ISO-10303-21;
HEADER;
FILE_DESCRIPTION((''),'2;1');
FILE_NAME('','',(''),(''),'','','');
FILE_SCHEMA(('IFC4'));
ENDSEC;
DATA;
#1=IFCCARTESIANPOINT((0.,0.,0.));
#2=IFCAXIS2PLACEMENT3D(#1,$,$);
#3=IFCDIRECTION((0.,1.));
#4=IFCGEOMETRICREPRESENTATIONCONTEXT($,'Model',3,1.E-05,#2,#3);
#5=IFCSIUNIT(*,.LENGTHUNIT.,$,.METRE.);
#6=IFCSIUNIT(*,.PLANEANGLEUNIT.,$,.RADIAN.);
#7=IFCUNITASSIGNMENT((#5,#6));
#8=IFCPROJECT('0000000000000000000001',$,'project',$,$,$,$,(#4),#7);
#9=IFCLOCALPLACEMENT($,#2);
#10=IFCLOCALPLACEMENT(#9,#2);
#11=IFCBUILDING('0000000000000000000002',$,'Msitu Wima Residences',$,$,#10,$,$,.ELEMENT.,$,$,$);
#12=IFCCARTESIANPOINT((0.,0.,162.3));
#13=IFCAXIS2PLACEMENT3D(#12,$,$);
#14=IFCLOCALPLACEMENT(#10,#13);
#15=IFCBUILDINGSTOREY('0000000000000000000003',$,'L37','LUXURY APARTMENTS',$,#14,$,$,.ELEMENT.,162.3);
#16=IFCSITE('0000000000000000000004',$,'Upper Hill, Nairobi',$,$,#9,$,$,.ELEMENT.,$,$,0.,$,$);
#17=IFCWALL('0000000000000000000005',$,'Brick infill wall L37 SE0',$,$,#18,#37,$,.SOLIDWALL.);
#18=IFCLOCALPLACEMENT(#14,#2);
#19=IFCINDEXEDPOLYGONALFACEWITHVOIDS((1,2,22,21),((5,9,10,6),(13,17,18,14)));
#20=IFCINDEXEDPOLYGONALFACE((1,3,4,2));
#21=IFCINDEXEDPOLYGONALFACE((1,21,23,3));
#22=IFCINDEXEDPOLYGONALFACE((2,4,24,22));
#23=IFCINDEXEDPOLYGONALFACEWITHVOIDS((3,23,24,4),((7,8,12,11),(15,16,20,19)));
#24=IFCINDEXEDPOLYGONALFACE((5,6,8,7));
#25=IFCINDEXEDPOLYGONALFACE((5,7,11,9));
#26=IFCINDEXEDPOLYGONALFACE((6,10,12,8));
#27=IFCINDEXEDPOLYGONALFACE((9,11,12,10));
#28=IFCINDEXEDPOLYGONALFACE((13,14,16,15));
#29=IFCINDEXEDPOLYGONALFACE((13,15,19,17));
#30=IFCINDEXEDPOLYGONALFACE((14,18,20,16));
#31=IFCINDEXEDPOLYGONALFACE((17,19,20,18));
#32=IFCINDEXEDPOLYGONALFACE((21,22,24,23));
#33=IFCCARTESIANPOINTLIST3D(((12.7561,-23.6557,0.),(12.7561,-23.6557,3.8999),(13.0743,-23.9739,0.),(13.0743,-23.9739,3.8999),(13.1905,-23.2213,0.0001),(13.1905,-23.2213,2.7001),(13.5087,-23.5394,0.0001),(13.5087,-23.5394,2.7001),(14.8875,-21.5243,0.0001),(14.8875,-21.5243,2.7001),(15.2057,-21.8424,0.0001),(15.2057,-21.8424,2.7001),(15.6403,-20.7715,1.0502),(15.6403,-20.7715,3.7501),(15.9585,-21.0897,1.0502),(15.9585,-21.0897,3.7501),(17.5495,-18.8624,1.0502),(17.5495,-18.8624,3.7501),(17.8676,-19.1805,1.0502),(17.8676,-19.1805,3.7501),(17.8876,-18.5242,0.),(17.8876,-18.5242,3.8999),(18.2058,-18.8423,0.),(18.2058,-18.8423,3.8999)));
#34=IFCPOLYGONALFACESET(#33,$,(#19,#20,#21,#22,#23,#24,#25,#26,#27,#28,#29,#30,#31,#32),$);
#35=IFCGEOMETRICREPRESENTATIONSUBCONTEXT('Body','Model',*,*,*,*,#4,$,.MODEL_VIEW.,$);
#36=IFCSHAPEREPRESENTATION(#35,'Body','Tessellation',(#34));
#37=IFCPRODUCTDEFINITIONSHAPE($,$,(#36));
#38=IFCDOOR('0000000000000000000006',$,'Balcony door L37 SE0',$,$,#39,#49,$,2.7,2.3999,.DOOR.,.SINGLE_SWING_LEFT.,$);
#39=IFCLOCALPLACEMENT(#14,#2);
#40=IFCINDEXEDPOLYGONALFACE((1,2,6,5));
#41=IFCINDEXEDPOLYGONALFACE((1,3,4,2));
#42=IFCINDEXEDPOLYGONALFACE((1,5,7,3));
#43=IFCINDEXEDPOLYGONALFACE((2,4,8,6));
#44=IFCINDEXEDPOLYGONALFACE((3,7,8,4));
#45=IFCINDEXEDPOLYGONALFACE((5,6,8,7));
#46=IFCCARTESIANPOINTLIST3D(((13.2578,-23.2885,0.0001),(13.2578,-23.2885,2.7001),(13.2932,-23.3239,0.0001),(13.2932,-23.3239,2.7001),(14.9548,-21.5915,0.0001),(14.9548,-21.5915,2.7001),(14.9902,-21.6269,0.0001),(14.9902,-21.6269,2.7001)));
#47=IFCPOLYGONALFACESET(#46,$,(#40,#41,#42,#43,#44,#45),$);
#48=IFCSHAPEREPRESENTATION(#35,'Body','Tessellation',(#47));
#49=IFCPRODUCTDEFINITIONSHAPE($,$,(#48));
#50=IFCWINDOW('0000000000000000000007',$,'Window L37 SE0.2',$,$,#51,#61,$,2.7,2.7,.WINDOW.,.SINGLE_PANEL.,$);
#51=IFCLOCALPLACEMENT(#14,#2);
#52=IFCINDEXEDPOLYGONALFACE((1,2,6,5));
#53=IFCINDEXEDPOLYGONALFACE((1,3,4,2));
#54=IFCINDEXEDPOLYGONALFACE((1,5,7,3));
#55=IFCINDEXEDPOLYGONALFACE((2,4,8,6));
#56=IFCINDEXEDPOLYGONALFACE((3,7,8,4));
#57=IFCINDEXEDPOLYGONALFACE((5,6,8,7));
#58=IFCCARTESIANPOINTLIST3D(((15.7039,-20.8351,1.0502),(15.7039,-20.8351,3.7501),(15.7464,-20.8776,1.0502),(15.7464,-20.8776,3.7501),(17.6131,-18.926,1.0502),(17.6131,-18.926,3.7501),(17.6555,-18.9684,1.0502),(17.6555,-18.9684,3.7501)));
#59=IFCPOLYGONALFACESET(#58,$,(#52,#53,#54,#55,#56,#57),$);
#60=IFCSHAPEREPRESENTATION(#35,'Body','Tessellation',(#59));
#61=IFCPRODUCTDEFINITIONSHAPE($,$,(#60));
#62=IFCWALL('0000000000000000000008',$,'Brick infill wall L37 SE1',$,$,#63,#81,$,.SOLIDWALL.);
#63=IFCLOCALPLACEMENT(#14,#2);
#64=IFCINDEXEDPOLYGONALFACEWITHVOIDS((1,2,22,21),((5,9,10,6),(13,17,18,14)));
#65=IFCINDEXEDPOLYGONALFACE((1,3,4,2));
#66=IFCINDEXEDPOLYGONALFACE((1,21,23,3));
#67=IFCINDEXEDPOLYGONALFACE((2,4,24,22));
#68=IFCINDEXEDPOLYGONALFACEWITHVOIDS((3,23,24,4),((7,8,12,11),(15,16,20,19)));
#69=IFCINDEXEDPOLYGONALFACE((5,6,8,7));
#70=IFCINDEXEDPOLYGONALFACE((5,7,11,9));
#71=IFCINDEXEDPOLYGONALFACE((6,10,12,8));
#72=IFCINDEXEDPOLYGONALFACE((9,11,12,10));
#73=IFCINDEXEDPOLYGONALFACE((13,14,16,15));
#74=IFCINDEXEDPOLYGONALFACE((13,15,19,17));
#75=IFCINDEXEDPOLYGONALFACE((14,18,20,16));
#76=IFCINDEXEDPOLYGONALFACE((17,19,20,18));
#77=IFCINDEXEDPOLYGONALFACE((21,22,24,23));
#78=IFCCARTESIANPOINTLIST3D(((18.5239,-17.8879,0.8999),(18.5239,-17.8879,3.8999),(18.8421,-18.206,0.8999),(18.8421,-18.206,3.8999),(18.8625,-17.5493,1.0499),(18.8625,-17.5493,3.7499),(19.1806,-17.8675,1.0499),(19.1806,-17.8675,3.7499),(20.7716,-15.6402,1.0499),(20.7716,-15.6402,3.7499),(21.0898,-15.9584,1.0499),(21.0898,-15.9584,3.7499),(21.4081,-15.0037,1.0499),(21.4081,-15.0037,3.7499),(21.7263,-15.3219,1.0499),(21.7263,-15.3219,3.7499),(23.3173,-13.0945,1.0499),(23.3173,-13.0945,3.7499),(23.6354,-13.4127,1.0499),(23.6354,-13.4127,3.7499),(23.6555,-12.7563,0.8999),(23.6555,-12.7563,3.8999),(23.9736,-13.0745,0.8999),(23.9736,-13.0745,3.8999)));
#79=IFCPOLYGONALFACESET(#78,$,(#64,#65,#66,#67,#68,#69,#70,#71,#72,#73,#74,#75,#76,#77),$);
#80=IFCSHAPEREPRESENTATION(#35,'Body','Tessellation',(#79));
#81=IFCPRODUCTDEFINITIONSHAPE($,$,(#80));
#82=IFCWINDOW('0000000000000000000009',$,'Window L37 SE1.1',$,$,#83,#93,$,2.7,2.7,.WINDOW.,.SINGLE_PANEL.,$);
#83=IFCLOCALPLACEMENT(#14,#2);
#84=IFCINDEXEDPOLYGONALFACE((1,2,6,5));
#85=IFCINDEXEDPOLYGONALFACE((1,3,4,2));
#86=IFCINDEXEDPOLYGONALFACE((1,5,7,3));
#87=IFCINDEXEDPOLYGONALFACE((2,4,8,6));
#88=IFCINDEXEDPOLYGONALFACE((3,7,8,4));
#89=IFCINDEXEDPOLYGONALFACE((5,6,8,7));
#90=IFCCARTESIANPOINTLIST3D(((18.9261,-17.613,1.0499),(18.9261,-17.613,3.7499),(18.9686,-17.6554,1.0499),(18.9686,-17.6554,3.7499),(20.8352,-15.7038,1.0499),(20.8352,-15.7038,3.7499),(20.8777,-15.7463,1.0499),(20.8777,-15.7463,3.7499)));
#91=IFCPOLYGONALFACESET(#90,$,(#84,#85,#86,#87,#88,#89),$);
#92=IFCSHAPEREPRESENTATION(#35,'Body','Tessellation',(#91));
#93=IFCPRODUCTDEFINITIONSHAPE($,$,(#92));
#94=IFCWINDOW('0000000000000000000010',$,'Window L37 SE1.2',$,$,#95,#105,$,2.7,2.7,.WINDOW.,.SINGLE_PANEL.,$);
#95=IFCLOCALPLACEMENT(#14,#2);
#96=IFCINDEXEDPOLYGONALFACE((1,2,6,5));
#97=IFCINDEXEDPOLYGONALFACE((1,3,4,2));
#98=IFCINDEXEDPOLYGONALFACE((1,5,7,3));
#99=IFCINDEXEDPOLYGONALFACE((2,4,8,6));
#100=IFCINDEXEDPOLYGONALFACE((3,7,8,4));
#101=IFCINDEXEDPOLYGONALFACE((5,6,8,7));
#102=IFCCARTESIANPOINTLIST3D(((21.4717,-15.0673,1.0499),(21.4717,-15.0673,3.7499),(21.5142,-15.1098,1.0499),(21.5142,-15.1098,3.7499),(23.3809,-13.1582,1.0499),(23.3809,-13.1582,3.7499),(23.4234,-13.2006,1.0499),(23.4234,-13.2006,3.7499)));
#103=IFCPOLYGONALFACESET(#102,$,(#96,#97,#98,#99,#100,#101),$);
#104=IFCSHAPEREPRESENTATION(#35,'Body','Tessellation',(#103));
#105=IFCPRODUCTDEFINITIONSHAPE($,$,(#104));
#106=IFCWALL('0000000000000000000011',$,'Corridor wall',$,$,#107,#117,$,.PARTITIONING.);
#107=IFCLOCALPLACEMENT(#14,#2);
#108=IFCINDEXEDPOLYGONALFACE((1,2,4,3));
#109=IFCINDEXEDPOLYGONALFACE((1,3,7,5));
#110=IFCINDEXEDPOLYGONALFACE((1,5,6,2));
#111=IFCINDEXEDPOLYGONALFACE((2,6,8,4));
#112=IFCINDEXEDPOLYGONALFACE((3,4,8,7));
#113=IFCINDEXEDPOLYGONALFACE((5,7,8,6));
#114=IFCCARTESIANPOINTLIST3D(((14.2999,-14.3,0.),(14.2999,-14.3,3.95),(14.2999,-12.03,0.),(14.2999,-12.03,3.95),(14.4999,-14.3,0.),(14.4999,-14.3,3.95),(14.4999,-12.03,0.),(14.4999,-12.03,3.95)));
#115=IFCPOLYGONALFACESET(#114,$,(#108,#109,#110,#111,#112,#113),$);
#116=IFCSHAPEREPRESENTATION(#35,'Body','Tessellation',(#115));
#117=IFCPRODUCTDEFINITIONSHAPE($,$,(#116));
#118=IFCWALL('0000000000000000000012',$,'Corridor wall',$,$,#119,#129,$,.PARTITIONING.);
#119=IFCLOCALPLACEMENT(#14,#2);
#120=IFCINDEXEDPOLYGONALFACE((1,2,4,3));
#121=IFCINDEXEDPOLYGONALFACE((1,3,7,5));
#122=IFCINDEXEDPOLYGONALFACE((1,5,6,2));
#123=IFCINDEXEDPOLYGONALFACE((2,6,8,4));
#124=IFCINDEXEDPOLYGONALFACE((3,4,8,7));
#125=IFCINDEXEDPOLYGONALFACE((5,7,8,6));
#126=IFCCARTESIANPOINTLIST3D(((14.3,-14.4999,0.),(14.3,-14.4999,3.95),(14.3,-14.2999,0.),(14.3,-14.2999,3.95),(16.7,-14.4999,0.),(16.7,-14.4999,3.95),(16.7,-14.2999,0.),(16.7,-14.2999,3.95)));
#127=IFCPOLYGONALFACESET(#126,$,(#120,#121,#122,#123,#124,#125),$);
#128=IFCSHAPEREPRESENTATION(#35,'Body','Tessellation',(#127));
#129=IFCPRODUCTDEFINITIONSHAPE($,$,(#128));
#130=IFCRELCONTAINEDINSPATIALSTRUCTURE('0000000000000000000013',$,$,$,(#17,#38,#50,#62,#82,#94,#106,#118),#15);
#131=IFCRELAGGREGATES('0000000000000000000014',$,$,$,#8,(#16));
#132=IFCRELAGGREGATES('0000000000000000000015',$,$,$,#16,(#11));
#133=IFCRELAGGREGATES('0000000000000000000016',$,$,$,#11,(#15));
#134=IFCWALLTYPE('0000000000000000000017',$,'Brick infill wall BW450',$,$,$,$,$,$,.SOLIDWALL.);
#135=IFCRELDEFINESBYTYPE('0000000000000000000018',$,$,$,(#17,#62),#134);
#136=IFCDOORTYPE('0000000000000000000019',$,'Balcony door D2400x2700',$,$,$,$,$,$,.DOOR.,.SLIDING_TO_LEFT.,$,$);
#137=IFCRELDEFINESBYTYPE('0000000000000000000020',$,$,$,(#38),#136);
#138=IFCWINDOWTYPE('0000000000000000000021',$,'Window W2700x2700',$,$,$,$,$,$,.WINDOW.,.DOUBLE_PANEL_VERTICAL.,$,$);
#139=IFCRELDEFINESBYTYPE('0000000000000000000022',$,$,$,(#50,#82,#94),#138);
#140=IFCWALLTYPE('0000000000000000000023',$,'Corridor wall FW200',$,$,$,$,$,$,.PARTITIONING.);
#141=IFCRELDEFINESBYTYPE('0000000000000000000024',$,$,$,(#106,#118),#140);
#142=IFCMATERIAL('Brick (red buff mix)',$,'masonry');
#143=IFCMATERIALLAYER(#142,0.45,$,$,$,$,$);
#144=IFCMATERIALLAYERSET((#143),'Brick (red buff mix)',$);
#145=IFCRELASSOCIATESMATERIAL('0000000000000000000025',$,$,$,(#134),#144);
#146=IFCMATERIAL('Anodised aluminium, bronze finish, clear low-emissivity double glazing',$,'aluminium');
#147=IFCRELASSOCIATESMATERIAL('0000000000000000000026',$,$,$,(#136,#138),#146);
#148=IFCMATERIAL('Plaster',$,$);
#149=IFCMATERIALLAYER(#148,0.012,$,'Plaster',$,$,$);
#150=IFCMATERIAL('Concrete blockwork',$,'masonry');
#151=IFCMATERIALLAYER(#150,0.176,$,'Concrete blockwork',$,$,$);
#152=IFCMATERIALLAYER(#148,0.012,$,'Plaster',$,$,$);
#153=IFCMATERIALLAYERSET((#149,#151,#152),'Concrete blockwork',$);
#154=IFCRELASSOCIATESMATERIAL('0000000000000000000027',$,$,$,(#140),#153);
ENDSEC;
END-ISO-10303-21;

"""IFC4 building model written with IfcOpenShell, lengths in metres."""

from ifc_helpers import new_model, si_unit, direction, frame, frame_2d, origin, place, context, subcontext, project, spatial, rectangle, extrude, material, layer, layer_set, type_object, element, fill, save


model = new_model("IFC4")

# Units and contexts
model_context = context("Model", 3, precision=1e-05, world=origin(), true_north=direction((0.0, 1.0)))
body_context = subcontext(model_context, "Body", "Model", "MODEL_VIEW")
ifc_project = project(units=[si_unit("LENGTHUNIT", "METRE"), si_unit("PLANEANGLEUNIT", "RADIAN")], contexts=[model_context])

# Site, building, storey
site_placement = place(None, origin())
site = spatial("IfcSite", under=ifc_project, at=site_placement, Name="Upper Hill, Nairobi", CompositionType="ELEMENT", RefElevation=0.0)
building_placement = place(site_placement, origin())
building = spatial("IfcBuilding", under=site, at=building_placement, Name="Msitu Wima Residences", CompositionType="ELEMENT")
storey_placement = place(building_placement, frame((0.0, 0.0, 162.3)))
storey = spatial("IfcBuildingStorey", under=building, at=storey_placement, Name="L37", Description="LUXURY APARTMENTS", CompositionType="ELEMENT", Elevation=162.3)

# Wall, openings, door, window
ifc_material_1 = material(Name="Brick (red buff mix)", Category="masonry")
ifc_layer_1 = layer(ifc_material_1, 0.45)
ifc_layer_set_1 = layer_set([ifc_layer_1], Name="Brick (red buff mix)")
wall_type_1 = type_object("IfcWallType", Name="Brick infill wall BW450", PredefinedType="SOLIDWALL", material=ifc_layer_set_1)
wall_1_placement = place(storey_placement, frame((12.9153, -23.8147, 0.0), z_axis=(0.0, 0.0, 1.0), x_axis=(0.707107, 0.707107, 0.0)))
wall_1 = element("IfcWall", 1, at=wall_1_placement, inside=storey, type_object=wall_type_1, Name="Brick infill wall L37 SE0", PredefinedType="SOLIDWALL", context=body_context, shape_type="SweptSolid", body=[
    extrude(rectangle(XDim=7.2571, YDim=0.45, at=frame_2d((3.6284, 0.0))), origin(), (0.0, 0.0, 1.0), 3.8999),
])
opening_1_placement = place(wall_1_placement, frame((0.6143, 0.0, 0.0)))
opening_1 = element("IfcOpeningElement", 2, at=opening_1_placement, cuts=wall_1, PredefinedType="OPENING", context=body_context, shape_type="SweptSolid", body=[
    extrude(rectangle(XDim=2.3999, YDim=2.7, at=frame_2d((1.2, 1.3501))), frame((0.0, 0.2349, 0.0), z_axis=(0.0, -1.0, 0.0), x_axis=(1.0, 0.0, 0.0)), (0.0, 0.0, 1.0), 0.47),
])
opening_2_placement = place(wall_1_placement, frame((4.0786, 0.0, 1.05)))
opening_2 = element("IfcOpeningElement", 3, at=opening_2_placement, cuts=wall_1, PredefinedType="OPENING", context=body_context, shape_type="SweptSolid", body=[
    extrude(rectangle(XDim=2.7, YDim=2.7, at=frame_2d((1.3501, 1.3501))), frame((0.0, 0.2349, 0.0), z_axis=(0.0, -1.0, 0.0), x_axis=(1.0, 0.0, 0.0)), (0.0, 0.0, 1.0), 0.47),
])
ifc_material_2 = material(Name="Anodised aluminium, bronze finish, clear low-emissivity double glazing", Category="aluminium")
door_type_1 = type_object("IfcDoorType", Name="Balcony door D2400x2700", OperationType="SLIDING_TO_LEFT", PredefinedType="DOOR", material=ifc_material_2)
door_1_placement = place(opening_1_placement, origin())
door_1 = element("IfcDoor", 4, at=door_1_placement, inside=storey, type_object=door_type_1, Name="Balcony door L37 SE0", OperationType="SINGLE_SWING_LEFT", OverallHeight=2.7, OverallWidth=2.3999, PredefinedType="DOOR", context=body_context, shape_type="SweptSolid", body=[
    extrude(rectangle(XDim=2.3999, YDim=2.7, at=frame_2d((1.2, 1.3501))), frame((0.0, 0.1299, 0.0), z_axis=(0.0, -1.0, 0.0), x_axis=(1.0, 0.0, 0.0)), (0.0, 0.0, 1.0), 0.05),
])
fill(opening_1, door_1)
window_type = type_object("IfcWindowType", Name="Window W2700x2700", PartitioningType="DOUBLE_PANEL_VERTICAL", PredefinedType="WINDOW", material=ifc_material_2)
window_1_placement = place(opening_2_placement, origin())
window_1 = element("IfcWindow", 5, at=window_1_placement, inside=storey, type_object=window_type, Name="Window L37 SE0.2", OverallHeight=2.7, OverallWidth=2.7, PartitioningType="SINGLE_PANEL", PredefinedType="WINDOW", context=body_context, shape_type="SweptSolid", body=[
    extrude(rectangle(XDim=2.7, YDim=2.7, at=frame_2d((1.3501, 1.3501))), frame((0.0, 0.135, 0.0), z_axis=(0.0, -1.0, 0.0), x_axis=(1.0, 0.0, 0.0)), (0.0, 0.0, 1.0), 0.0601),
])
fill(opening_2, window_1)

# Wall, openings, windows
wall_2_placement = place(storey_placement, frame((18.6831, -18.0469, 0.8999), z_axis=(0.0, 0.0, 1.0), x_axis=(0.707107, 0.707107, 0.0)))
wall_2 = element("IfcWall", 6, at=wall_2_placement, inside=storey, type_object=wall_type_1, Name="Brick infill wall L37 SE1", PredefinedType="SOLIDWALL", context=body_context, shape_type="SweptSolid", body=[
    extrude(rectangle(XDim=7.2571, YDim=0.45, at=frame_2d((3.6284, 0.0))), origin(), (0.0, 0.0, 1.0), 3.0),
])
opening_3_placement = place(wall_2_placement, frame((0.4785, 0.0, 0.1499)))
opening_3 = element("IfcOpeningElement", 7, at=opening_3_placement, cuts=wall_2, PredefinedType="OPENING", context=body_context, shape_type="SweptSolid", body=[
    extrude(rectangle(XDim=2.7, YDim=2.7, at=frame_2d((1.3501, 1.3501))), frame((0.0, 0.2349, 0.0), z_axis=(0.0, -1.0, 0.0), x_axis=(1.0, 0.0, 0.0)), (0.0, 0.0, 1.0), 0.47),
])
opening_4_placement = place(wall_2_placement, frame((4.0786, 0.0, 0.1499)))
opening_4 = element("IfcOpeningElement", 8, at=opening_4_placement, cuts=wall_2, PredefinedType="OPENING", context=body_context, shape_type="SweptSolid", body=[
    extrude(rectangle(XDim=2.7, YDim=2.7, at=frame_2d((1.3501, 1.3501))), frame((0.0, 0.2349, 0.0), z_axis=(0.0, -1.0, 0.0), x_axis=(1.0, 0.0, 0.0)), (0.0, 0.0, 1.0), 0.47),
])
window_2_placement = place(opening_3_placement, origin())
window_2 = element("IfcWindow", 9, at=window_2_placement, inside=storey, type_object=window_type, Name="Window L37 SE1.1", OverallHeight=2.7, OverallWidth=2.7, PartitioningType="SINGLE_PANEL", PredefinedType="WINDOW", context=body_context, shape_type="SweptSolid", body=[
    extrude(rectangle(XDim=2.7, YDim=2.7, at=frame_2d((1.3501, 1.3501))), frame((0.0, 0.135, 0.0), z_axis=(0.0, -1.0, 0.0), x_axis=(1.0, 0.0, 0.0)), (0.0, 0.0, 1.0), 0.0601),
])
fill(opening_3, window_2)
window_3_placement = place(opening_4_placement, origin())
window_3 = element("IfcWindow", 10, at=window_3_placement, inside=storey, type_object=window_type, Name="Window L37 SE1.2", OverallHeight=2.7, OverallWidth=2.7, PartitioningType="SINGLE_PANEL", PredefinedType="WINDOW", context=body_context, shape_type="SweptSolid", body=[
    extrude(rectangle(XDim=2.7, YDim=2.7, at=frame_2d((1.3501, 1.3501))), frame((0.0, 0.135, 0.0), z_axis=(0.0, -1.0, 0.0), x_axis=(1.0, 0.0, 0.0)), (0.0, 0.0, 1.0), 0.0601),
])
fill(opening_4, window_3)

# Walls
ifc_material_3 = material(Name="Plaster")
ifc_layer_2 = layer(ifc_material_3, 0.012, Name="Plaster")
ifc_material_4 = material(Name="Concrete blockwork", Category="masonry")
ifc_layer_3 = layer(ifc_material_4, 0.176, Name="Concrete blockwork")
ifc_layer_4 = layer(ifc_material_3, 0.012, Name="Plaster")
ifc_layer_set_2 = layer_set([ifc_layer_2, ifc_layer_3, ifc_layer_4], Name="Concrete blockwork")
wall_type_2 = type_object("IfcWallType", Name="Corridor wall FW200", PredefinedType="PARTITIONING", material=ifc_layer_set_2)
wall_3_placement = place(storey_placement, frame((14.3999, -14.3, 0.0), z_axis=(0.0, 0.0, 1.0), x_axis=(0.0, 1.0, 0.0)))
element("IfcWall", 11, at=wall_3_placement, inside=storey, type_object=wall_type_2, Name="Corridor wall", PredefinedType="PARTITIONING", context=body_context, shape_type="SweptSolid", body=[
    extrude(rectangle(XDim=2.27, YDim=0.2, at=frame_2d((1.135, 0.0))), origin(), (0.0, 0.0, 1.0), 3.95),
])
wall_4_placement = place(storey_placement, frame((14.3, -14.3999, 0.0), z_axis=(0.0, 0.0, 1.0), x_axis=(1.0, 0.0, 0.0)))
element("IfcWall", 12, at=wall_4_placement, inside=storey, type_object=wall_type_2, Name="Corridor wall", PredefinedType="PARTITIONING", context=body_context, shape_type="SweptSolid", body=[
    extrude(rectangle(XDim=2.3999, YDim=0.2, at=frame_2d((1.2, 0.0))), origin(), (0.0, 0.0, 1.0), 3.95),
])

save(model, "model.ifc")
